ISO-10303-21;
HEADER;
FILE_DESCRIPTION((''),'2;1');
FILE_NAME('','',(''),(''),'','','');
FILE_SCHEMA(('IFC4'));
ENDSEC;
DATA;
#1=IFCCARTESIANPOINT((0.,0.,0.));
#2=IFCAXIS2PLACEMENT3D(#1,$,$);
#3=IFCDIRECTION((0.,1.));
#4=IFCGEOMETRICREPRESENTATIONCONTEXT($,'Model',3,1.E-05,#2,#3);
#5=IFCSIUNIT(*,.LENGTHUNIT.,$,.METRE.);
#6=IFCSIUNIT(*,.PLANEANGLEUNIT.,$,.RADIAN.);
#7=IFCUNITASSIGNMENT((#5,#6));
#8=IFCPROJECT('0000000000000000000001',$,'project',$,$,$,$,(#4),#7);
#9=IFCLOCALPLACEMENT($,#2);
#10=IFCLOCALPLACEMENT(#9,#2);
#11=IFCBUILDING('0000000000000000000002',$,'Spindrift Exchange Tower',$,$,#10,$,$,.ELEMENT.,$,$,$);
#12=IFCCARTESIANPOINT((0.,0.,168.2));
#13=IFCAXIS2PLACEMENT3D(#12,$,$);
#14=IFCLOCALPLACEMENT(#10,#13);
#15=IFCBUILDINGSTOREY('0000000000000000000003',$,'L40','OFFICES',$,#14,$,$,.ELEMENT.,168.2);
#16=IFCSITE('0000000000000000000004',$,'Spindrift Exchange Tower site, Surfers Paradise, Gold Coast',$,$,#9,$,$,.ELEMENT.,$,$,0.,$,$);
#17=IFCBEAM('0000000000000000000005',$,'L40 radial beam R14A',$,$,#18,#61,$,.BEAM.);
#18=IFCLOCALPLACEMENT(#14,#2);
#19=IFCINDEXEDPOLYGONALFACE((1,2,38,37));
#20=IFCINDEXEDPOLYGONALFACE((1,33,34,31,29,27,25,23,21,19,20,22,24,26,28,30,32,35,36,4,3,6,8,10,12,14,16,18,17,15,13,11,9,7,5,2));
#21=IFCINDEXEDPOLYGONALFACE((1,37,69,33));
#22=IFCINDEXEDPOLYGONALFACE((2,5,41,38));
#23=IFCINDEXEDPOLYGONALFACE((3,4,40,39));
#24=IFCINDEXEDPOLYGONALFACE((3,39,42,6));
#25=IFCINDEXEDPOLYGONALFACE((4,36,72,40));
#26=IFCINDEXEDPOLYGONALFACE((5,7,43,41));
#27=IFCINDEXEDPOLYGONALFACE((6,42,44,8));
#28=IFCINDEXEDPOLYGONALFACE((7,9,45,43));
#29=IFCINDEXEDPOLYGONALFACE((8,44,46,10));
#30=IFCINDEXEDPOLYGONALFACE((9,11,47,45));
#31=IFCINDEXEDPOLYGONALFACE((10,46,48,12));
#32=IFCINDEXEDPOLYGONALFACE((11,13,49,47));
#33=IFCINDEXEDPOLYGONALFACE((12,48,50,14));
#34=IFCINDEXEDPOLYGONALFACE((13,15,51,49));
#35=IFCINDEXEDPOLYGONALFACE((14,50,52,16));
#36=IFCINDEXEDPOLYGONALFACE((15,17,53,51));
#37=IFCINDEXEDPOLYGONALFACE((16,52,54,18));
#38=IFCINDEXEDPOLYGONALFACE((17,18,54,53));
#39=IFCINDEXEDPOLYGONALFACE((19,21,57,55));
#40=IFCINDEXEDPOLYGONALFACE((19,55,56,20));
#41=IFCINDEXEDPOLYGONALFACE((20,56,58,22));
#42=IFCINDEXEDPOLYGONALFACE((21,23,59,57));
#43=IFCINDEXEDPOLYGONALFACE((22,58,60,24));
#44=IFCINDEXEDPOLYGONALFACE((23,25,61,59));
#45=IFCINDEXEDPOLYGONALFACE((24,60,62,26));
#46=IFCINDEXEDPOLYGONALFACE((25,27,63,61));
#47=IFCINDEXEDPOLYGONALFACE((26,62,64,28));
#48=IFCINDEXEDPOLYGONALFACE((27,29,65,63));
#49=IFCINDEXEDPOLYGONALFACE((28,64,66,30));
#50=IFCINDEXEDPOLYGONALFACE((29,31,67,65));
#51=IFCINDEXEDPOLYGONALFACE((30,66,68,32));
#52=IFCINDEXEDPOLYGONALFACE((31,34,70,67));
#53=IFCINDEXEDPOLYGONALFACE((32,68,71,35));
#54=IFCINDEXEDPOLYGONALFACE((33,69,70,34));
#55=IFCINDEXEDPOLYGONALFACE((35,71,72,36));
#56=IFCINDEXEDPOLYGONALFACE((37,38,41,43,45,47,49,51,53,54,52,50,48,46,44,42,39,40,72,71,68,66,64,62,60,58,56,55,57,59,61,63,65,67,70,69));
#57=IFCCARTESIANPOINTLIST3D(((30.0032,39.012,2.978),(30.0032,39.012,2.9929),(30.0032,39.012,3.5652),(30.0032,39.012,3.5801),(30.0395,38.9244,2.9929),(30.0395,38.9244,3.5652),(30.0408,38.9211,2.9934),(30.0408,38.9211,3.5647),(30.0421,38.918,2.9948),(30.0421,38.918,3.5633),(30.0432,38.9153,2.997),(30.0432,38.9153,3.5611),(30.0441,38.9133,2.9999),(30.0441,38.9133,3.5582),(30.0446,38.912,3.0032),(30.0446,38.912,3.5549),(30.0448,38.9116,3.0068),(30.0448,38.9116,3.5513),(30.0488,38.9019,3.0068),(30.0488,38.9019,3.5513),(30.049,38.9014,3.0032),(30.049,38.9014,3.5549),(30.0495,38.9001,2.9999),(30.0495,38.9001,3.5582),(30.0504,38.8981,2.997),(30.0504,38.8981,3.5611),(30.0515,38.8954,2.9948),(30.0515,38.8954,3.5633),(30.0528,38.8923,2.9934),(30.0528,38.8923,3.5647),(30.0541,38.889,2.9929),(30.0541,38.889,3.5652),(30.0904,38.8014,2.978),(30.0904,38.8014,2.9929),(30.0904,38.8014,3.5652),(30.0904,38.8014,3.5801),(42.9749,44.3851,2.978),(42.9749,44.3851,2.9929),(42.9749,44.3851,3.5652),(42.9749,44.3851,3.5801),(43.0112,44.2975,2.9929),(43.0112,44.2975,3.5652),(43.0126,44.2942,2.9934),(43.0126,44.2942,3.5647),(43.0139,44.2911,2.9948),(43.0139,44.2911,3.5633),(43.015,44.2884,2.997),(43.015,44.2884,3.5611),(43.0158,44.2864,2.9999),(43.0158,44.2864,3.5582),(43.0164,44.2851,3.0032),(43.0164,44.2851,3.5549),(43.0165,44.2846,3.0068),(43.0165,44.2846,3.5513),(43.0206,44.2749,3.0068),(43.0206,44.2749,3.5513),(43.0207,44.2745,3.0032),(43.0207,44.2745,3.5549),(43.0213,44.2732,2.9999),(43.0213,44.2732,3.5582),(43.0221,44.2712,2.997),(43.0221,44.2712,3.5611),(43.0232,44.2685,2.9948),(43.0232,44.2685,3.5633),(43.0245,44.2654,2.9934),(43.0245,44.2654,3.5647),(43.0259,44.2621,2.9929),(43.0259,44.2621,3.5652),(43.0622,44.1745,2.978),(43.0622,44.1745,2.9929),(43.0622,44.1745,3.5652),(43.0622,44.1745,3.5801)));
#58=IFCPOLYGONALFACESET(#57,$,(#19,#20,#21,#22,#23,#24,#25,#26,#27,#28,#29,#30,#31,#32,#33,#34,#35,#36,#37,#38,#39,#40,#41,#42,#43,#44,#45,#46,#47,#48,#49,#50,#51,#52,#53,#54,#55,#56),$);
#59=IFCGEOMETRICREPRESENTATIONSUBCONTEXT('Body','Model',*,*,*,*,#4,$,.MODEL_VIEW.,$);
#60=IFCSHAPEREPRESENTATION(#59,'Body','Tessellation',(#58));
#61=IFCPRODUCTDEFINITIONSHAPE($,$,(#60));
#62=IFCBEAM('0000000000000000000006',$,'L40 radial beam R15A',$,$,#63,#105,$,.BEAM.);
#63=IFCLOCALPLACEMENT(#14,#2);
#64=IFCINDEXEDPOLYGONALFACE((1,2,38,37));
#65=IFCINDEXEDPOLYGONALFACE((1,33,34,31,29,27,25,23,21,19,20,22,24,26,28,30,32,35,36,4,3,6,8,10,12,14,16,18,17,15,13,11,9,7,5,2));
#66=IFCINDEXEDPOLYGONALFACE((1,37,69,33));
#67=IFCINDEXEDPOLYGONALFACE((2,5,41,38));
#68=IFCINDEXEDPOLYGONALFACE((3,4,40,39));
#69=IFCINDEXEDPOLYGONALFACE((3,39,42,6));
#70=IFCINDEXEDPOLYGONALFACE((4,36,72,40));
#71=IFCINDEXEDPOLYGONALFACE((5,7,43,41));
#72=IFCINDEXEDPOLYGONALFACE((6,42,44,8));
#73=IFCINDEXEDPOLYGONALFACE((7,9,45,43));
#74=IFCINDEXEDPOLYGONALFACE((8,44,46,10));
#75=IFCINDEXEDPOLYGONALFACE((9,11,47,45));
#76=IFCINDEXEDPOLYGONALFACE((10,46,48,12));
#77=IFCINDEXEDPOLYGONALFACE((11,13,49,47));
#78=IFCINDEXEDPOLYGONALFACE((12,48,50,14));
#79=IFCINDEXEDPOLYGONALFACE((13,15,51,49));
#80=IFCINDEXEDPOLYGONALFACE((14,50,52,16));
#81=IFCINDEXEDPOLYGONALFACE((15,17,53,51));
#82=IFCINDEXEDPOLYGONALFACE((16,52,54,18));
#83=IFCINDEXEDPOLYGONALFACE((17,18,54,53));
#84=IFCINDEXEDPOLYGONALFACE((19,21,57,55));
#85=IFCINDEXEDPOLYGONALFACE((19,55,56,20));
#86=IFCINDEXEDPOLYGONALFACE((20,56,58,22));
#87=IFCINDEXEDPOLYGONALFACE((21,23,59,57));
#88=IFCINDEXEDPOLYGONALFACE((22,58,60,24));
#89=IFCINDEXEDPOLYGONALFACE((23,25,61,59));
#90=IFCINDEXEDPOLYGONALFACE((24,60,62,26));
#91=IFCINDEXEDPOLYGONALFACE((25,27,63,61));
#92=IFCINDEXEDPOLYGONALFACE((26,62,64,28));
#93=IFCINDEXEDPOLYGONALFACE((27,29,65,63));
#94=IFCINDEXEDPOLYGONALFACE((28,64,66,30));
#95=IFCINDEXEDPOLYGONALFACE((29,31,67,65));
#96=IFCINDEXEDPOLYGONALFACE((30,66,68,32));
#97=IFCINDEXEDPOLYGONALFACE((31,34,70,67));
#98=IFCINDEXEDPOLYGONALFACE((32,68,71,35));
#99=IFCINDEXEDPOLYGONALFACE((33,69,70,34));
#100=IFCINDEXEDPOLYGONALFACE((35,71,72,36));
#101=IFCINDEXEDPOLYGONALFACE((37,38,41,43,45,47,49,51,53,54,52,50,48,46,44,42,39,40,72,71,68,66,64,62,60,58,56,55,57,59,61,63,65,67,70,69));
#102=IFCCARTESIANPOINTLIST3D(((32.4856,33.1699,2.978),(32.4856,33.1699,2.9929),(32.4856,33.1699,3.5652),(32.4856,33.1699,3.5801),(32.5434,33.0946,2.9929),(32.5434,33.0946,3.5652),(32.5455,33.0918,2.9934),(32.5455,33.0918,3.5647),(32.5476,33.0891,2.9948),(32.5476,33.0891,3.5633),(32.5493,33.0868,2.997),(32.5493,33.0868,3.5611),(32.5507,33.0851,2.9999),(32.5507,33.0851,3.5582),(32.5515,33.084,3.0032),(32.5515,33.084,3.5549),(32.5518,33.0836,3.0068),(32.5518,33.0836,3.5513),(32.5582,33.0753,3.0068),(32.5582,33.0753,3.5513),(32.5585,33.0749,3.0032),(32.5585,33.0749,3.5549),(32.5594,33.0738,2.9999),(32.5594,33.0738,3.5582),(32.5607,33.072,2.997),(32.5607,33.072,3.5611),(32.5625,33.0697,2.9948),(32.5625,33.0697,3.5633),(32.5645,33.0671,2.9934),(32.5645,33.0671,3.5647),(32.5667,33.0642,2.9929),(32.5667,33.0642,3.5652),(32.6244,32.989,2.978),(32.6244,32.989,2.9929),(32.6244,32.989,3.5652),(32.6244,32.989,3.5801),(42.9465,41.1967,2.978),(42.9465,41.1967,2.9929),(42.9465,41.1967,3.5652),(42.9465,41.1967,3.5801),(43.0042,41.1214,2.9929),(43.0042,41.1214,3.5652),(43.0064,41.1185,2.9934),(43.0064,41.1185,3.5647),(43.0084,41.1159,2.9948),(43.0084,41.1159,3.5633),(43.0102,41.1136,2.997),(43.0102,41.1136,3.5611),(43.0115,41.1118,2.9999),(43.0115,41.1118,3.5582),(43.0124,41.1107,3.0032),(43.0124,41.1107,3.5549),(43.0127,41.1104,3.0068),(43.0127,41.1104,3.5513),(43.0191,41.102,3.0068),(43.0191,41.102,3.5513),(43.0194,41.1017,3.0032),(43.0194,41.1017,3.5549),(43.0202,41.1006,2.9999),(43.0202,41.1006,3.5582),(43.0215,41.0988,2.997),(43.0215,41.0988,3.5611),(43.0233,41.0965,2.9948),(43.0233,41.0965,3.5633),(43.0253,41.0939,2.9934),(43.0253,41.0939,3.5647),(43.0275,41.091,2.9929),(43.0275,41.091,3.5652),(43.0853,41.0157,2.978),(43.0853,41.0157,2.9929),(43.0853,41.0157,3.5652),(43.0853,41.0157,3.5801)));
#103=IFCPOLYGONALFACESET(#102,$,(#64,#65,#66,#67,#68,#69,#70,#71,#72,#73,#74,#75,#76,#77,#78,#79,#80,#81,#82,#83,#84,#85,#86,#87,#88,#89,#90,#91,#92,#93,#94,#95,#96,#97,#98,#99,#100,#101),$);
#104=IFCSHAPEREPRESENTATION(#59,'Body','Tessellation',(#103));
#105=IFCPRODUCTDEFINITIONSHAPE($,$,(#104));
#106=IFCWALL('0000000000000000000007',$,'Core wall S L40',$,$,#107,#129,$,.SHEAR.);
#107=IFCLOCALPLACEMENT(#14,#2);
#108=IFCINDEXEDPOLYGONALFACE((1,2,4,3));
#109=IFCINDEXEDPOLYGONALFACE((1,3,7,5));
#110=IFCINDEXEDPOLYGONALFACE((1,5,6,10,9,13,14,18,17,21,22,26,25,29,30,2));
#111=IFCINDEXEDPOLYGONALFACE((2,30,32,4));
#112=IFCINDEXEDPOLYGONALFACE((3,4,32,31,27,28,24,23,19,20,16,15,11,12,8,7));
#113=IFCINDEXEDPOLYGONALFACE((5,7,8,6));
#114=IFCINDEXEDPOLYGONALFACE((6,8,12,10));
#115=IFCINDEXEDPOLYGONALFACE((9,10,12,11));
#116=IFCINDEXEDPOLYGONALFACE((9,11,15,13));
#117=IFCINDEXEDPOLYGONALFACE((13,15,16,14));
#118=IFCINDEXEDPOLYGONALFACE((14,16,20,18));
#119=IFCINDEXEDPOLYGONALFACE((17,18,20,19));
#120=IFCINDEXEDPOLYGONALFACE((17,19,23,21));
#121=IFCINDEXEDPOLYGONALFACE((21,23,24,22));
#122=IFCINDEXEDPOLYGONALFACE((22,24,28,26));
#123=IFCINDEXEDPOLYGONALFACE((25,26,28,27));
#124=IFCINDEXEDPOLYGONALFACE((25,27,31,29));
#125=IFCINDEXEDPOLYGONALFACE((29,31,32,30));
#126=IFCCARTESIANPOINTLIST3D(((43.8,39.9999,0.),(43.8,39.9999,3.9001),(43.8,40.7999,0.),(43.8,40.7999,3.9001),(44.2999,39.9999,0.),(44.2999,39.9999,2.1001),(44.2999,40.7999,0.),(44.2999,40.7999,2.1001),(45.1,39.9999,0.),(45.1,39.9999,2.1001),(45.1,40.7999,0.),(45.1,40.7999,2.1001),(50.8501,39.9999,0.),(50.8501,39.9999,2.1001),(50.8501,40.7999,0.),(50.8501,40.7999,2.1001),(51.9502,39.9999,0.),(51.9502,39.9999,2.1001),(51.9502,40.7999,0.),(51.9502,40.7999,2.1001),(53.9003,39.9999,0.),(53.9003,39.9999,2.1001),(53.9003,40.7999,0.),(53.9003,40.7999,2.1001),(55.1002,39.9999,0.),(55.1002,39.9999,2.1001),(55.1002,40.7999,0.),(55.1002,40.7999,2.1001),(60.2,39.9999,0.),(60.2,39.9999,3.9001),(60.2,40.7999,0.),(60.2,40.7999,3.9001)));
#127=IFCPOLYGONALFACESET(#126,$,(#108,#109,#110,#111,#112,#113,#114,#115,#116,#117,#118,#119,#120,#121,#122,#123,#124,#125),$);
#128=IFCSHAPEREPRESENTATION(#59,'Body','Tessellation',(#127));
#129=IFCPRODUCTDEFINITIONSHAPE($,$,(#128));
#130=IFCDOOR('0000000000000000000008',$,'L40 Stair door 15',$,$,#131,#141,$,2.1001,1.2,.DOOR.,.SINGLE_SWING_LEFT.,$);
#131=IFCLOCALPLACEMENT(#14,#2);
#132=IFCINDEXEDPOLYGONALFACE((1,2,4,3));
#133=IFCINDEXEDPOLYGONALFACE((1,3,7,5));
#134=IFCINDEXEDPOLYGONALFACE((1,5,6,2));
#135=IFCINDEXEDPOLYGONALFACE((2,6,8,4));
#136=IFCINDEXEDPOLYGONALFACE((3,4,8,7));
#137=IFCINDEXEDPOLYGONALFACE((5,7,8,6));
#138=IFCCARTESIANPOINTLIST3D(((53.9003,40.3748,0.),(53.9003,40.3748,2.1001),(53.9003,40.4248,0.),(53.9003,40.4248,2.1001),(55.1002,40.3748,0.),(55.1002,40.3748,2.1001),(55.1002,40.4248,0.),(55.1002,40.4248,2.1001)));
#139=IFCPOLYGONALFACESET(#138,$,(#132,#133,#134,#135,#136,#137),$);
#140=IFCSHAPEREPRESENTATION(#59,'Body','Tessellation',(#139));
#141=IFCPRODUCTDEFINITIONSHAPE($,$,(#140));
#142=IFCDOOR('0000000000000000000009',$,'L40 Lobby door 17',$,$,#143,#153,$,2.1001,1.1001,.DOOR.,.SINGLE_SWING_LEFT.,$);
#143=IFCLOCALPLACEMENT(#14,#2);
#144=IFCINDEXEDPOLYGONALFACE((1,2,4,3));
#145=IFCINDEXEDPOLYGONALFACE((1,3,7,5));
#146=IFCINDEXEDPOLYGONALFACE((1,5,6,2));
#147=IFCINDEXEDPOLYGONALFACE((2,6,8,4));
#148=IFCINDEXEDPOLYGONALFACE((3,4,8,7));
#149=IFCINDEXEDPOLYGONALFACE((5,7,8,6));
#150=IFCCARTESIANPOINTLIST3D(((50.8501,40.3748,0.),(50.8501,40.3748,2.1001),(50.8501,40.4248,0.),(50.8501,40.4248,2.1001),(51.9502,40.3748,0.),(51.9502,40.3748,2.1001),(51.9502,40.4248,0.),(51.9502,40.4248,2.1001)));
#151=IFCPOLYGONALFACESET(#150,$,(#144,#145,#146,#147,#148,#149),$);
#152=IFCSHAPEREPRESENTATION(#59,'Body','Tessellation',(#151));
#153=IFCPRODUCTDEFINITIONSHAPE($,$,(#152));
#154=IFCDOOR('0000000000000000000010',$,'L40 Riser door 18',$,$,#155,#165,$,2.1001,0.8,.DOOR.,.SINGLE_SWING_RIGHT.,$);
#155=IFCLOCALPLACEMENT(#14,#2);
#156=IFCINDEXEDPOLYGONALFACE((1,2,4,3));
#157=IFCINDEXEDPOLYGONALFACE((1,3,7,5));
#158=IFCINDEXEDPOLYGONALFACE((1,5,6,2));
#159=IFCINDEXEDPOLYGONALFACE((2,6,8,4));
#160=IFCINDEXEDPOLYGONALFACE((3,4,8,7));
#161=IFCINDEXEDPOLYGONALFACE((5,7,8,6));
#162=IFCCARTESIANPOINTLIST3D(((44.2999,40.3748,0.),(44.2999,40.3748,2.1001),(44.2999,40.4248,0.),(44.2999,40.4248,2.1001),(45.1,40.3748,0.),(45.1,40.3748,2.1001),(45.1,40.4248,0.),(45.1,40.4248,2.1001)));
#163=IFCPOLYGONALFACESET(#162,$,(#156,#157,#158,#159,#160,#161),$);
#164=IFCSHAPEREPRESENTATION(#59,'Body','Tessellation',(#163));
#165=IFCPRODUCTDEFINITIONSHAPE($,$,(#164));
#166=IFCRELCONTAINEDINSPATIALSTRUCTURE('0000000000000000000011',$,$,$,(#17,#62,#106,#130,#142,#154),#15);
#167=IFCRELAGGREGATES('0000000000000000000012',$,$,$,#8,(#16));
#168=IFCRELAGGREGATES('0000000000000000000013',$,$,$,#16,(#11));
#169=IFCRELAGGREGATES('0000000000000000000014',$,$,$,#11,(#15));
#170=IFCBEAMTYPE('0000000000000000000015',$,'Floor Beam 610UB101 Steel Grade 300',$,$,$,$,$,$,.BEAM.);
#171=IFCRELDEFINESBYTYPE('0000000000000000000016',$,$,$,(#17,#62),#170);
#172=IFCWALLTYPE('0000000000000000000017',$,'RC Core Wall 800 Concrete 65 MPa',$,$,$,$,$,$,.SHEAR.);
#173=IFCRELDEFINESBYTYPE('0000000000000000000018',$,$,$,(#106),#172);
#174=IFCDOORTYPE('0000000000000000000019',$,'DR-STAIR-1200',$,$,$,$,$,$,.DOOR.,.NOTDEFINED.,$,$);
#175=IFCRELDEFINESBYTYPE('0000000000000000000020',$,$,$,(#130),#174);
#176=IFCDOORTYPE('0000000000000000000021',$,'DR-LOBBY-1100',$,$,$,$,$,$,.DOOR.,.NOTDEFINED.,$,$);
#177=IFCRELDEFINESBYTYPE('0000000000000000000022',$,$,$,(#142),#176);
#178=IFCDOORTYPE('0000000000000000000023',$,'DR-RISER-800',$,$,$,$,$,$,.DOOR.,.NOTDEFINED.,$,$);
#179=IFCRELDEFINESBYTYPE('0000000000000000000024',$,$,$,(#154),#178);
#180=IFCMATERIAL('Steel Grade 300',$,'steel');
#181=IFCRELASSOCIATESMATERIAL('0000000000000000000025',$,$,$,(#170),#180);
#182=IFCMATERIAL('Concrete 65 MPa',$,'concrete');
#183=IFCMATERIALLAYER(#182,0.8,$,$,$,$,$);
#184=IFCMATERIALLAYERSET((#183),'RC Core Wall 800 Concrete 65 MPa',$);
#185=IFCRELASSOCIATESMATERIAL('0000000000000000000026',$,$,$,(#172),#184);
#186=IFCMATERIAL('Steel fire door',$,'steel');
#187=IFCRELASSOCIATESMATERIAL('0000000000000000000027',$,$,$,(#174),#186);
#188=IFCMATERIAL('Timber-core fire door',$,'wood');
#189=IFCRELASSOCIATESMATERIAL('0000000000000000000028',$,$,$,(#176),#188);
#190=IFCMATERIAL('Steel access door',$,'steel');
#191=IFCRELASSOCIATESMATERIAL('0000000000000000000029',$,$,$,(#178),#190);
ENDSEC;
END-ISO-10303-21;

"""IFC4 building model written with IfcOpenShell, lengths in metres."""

from ifc_helpers import new_model, si_unit, direction, frame, frame_2d, origin, origin_2d, place, context, subcontext, project, spatial, rectangle, i_section, extrude, source, transform, mapped, material, layer, layer_set, material_profile, profile_set, type_object, element, fill, save


model = new_model("IFC4")

# Units and contexts
model_context = context("Model", 3, precision=1e-05, world=origin(), true_north=direction((0.0, 1.0)))
body_context = subcontext(model_context, "Body", "Model", "MODEL_VIEW")
ifc_project = project(units=[si_unit("LENGTHUNIT", "METRE"), si_unit("PLANEANGLEUNIT", "RADIAN")], contexts=[model_context])

# Site, building, storey
site_placement = place(None, origin())
site = spatial("IfcSite", under=ifc_project, at=site_placement, Name="Spindrift Exchange Tower site, Surfers Paradise, Gold Coast", CompositionType="ELEMENT", RefElevation=0.0)
building_placement = place(site_placement, origin())
building = spatial("IfcBuilding", under=site, at=building_placement, Name="Spindrift Exchange Tower", CompositionType="ELEMENT")
storey_placement = place(building_placement, frame((0.0, 0.0, 168.2)))
storey = spatial("IfcBuildingStorey", under=building, at=storey_placement, Name="L40", Description="OFFICES", CompositionType="ELEMENT", Elevation=168.2)

# Beams
ifc_material_1 = material(Name="Steel Grade 300", Category="steel")
ifc_material_profile = material_profile(ifc_material_1, i_section(OverallWidth=0.228, OverallDepth=0.6021, WebThickness=0.0105, FlangeThickness=0.0149, FilletRadius=0.0139, at=origin_2d()), Name="610UB101")
ifc_profile_set = profile_set([ifc_material_profile], Name="Steel Grade 300")
beam_type = type_object("IfcBeamType", Name="Floor Beam 610UB101 Steel Grade 300", PredefinedType="BEAM", material=ifc_profile_set)
shared_shape_1 = source(origin(), body_context, "Body", "SweptSolid", [
    extrude(i_section(OverallWidth=0.228, OverallDepth=0.6021, WebThickness=0.0105, FlangeThickness=0.0149, FilletRadius=0.0139, at=origin_2d()), origin(), (0.0, 0.0, 1.0), 14.0405),
])
beam_1_placement = place(storey_placement, frame((43.0186, 44.2798, 3.2791), z_axis=(-0.92388, -0.382684, 0.0), x_axis=(0.382684, -0.92388, 0.0)))
element("IfcBeam", 1, at=beam_1_placement, inside=storey, type_object=beam_type, Name="L40 radial beam R14A", PredefinedType="BEAM", context=body_context, shape_type="MappedRepresentation", body=[
    mapped(shared_shape_1, transform((0.0, 0.0, 0.0), scale=1.0)),
])
shared_shape_2 = source(origin(), body_context, "Body", "SweptSolid", [
    extrude(i_section(OverallWidth=0.228, OverallDepth=0.6021, WebThickness=0.0105, FlangeThickness=0.0149, FilletRadius=0.0139, at=origin_2d()), origin(), (0.0, 0.0, 1.0), 13.1855),
])
beam_2_placement = place(storey_placement, frame((43.0159, 41.1062, 3.2791), z_axis=(-0.793357, -0.608756, 0.0), x_axis=(0.608756, -0.793357, 0.0)))
element("IfcBeam", 2, at=beam_2_placement, inside=storey, type_object=beam_type, Name="L40 radial beam R15A", PredefinedType="BEAM", context=body_context, shape_type="MappedRepresentation", body=[
    mapped(shared_shape_2, transform((0.0, 0.0, 0.0), scale=1.0)),
])

# Wall, openings, doors
ifc_material_2 = material(Name="Concrete 65 MPa", Category="concrete")
ifc_layer_1 = layer(ifc_material_2, 0.8)
ifc_layer_set_1 = layer_set([ifc_layer_1], Name="RC Core Wall 800 Concrete 65 MPa")
wall_type_1 = type_object("IfcWallType", Name="RC Core Wall 800 Concrete 65 MPa", PredefinedType="SHEAR", material=ifc_layer_set_1)
wall_1_placement = place(storey_placement, frame((43.8, 40.3999, 0.0), z_axis=(0.0, 0.0, 1.0), x_axis=(1.0, 0.0, 0.0)))
wall_1 = element("IfcWall", 3, at=wall_1_placement, inside=storey, type_object=wall_type_1, Name="Core wall S L40", PredefinedType="SHEAR", context=body_context, shape_type="SweptSolid", body=[
    extrude(rectangle(XDim=16.3999, YDim=0.8, at=frame_2d((8.2, 0.0))), origin(), (0.0, 0.0, 1.0), 3.9001),
])
opening_1_placement = place(wall_1_placement, frame((10.1001, 0.0, 0.0)))
opening_1 = element("IfcOpeningElement", 4, at=opening_1_placement, cuts=wall_1, PredefinedType="OPENING", context=body_context, shape_type="SweptSolid", body=[
    extrude(rectangle(XDim=1.2, YDim=2.1001, at=frame_2d((0.6001, 1.05))), frame((0.0, 0.4099, 0.0), z_axis=(0.0, -1.0, 0.0), x_axis=(1.0, 0.0, 0.0)), (0.0, 0.0, 1.0), 0.8201),
])
opening_2_placement = place(wall_1_placement, frame((7.05, 0.0, 0.0)))
opening_2 = element("IfcOpeningElement", 5, at=opening_2_placement, cuts=wall_1, PredefinedType="OPENING", context=body_context, shape_type="SweptSolid", body=[
    extrude(rectangle(XDim=1.1001, YDim=2.1001, at=frame_2d((0.55, 1.05))), frame((0.0, 0.4099, 0.0), z_axis=(0.0, -1.0, 0.0), x_axis=(1.0, 0.0, 0.0)), (0.0, 0.0, 1.0), 0.8201),
])
opening_3_placement = place(wall_1_placement, frame((0.5, 0.0, 0.0)))
opening_3 = element("IfcOpeningElement", 6, at=opening_3_placement, cuts=wall_1, PredefinedType="OPENING", context=body_context, shape_type="SweptSolid", body=[
    extrude(rectangle(XDim=0.8, YDim=2.1001, at=frame_2d((0.3999, 1.05))), frame((0.0, 0.4099, 0.0), z_axis=(0.0, -1.0, 0.0), x_axis=(1.0, 0.0, 0.0)), (0.0, 0.0, 1.0), 0.8201),
])
ifc_material_3 = material(Name="Steel fire door", Category="steel")
door_type_1 = type_object("IfcDoorType", Name="DR-STAIR-1200", OperationType="NOTDEFINED", PredefinedType="DOOR", material=ifc_material_3)
shared_shape_3 = source(origin(), body_context, "Body", "SweptSolid", [
    extrude(rectangle(XDim=1.2, YDim=2.1001, at=frame_2d((0.6001, 1.05))), frame((0.0, 0.0249, 0.0), z_axis=(0.0, -1.0, 0.0), x_axis=(1.0, 0.0, 0.0)), (0.0, 0.0, 1.0), 0.05),
])
door_1_placement = place(opening_1_placement, origin())
door_1 = element("IfcDoor", 7, at=door_1_placement, inside=storey, type_object=door_type_1, Name="L40 Stair door 15", OperationType="SINGLE_SWING_LEFT", OverallHeight=2.1001, OverallWidth=1.2, PredefinedType="DOOR", context=body_context, shape_type="MappedRepresentation", body=[
    mapped(shared_shape_3, transform((0.0, 0.0, 0.0), scale=1.0)),
])
fill(opening_1, door_1)
ifc_material_4 = material(Name="Timber-core fire door", Category="wood")
door_type_2 = type_object("IfcDoorType", Name="DR-LOBBY-1100", OperationType="NOTDEFINED", PredefinedType="DOOR", material=ifc_material_4)
shared_shape_4 = source(origin(), body_context, "Body", "SweptSolid", [
    extrude(rectangle(XDim=1.1001, YDim=2.1001, at=frame_2d((0.55, 1.05))), frame((0.0, 0.0249, 0.0), z_axis=(0.0, -1.0, 0.0), x_axis=(1.0, 0.0, 0.0)), (0.0, 0.0, 1.0), 0.05),
])
door_2_placement = place(opening_2_placement, origin())
door_2 = element("IfcDoor", 8, at=door_2_placement, inside=storey, type_object=door_type_2, Name="L40 Lobby door 17", OperationType="SINGLE_SWING_LEFT", OverallHeight=2.1001, OverallWidth=1.1001, PredefinedType="DOOR", context=body_context, shape_type="MappedRepresentation", body=[
    mapped(shared_shape_4, transform((0.0, 0.0, 0.0), scale=1.0)),
])
fill(opening_2, door_2)
ifc_material_5 = material(Name="Steel access door", Category="steel")
door_type_3 = type_object("IfcDoorType", Name="DR-RISER-800", OperationType="NOTDEFINED", PredefinedType="DOOR", material=ifc_material_5)
shared_shape_5 = source(origin(), body_context, "Body", "SweptSolid", [
    extrude(rectangle(XDim=0.8, YDim=2.1001, at=frame_2d((0.3999, 1.05))), frame((0.0, 0.0249, 0.0), z_axis=(0.0, -1.0, 0.0), x_axis=(1.0, 0.0, 0.0)), (0.0, 0.0, 1.0), 0.05),
])
door_3_placement = place(opening_3_placement, origin())
door_3 = element("IfcDoor", 9, at=door_3_placement, inside=storey, type_object=door_type_3, Name="L40 Riser door 18", OperationType="SINGLE_SWING_RIGHT", OverallHeight=2.1001, OverallWidth=0.8, PredefinedType="DOOR", context=body_context, shape_type="MappedRepresentation", body=[
    mapped(shared_shape_5, transform((0.0, 0.0, 0.0), scale=1.0)),
])
fill(opening_3, door_3)

save(model, "model.ifc")
